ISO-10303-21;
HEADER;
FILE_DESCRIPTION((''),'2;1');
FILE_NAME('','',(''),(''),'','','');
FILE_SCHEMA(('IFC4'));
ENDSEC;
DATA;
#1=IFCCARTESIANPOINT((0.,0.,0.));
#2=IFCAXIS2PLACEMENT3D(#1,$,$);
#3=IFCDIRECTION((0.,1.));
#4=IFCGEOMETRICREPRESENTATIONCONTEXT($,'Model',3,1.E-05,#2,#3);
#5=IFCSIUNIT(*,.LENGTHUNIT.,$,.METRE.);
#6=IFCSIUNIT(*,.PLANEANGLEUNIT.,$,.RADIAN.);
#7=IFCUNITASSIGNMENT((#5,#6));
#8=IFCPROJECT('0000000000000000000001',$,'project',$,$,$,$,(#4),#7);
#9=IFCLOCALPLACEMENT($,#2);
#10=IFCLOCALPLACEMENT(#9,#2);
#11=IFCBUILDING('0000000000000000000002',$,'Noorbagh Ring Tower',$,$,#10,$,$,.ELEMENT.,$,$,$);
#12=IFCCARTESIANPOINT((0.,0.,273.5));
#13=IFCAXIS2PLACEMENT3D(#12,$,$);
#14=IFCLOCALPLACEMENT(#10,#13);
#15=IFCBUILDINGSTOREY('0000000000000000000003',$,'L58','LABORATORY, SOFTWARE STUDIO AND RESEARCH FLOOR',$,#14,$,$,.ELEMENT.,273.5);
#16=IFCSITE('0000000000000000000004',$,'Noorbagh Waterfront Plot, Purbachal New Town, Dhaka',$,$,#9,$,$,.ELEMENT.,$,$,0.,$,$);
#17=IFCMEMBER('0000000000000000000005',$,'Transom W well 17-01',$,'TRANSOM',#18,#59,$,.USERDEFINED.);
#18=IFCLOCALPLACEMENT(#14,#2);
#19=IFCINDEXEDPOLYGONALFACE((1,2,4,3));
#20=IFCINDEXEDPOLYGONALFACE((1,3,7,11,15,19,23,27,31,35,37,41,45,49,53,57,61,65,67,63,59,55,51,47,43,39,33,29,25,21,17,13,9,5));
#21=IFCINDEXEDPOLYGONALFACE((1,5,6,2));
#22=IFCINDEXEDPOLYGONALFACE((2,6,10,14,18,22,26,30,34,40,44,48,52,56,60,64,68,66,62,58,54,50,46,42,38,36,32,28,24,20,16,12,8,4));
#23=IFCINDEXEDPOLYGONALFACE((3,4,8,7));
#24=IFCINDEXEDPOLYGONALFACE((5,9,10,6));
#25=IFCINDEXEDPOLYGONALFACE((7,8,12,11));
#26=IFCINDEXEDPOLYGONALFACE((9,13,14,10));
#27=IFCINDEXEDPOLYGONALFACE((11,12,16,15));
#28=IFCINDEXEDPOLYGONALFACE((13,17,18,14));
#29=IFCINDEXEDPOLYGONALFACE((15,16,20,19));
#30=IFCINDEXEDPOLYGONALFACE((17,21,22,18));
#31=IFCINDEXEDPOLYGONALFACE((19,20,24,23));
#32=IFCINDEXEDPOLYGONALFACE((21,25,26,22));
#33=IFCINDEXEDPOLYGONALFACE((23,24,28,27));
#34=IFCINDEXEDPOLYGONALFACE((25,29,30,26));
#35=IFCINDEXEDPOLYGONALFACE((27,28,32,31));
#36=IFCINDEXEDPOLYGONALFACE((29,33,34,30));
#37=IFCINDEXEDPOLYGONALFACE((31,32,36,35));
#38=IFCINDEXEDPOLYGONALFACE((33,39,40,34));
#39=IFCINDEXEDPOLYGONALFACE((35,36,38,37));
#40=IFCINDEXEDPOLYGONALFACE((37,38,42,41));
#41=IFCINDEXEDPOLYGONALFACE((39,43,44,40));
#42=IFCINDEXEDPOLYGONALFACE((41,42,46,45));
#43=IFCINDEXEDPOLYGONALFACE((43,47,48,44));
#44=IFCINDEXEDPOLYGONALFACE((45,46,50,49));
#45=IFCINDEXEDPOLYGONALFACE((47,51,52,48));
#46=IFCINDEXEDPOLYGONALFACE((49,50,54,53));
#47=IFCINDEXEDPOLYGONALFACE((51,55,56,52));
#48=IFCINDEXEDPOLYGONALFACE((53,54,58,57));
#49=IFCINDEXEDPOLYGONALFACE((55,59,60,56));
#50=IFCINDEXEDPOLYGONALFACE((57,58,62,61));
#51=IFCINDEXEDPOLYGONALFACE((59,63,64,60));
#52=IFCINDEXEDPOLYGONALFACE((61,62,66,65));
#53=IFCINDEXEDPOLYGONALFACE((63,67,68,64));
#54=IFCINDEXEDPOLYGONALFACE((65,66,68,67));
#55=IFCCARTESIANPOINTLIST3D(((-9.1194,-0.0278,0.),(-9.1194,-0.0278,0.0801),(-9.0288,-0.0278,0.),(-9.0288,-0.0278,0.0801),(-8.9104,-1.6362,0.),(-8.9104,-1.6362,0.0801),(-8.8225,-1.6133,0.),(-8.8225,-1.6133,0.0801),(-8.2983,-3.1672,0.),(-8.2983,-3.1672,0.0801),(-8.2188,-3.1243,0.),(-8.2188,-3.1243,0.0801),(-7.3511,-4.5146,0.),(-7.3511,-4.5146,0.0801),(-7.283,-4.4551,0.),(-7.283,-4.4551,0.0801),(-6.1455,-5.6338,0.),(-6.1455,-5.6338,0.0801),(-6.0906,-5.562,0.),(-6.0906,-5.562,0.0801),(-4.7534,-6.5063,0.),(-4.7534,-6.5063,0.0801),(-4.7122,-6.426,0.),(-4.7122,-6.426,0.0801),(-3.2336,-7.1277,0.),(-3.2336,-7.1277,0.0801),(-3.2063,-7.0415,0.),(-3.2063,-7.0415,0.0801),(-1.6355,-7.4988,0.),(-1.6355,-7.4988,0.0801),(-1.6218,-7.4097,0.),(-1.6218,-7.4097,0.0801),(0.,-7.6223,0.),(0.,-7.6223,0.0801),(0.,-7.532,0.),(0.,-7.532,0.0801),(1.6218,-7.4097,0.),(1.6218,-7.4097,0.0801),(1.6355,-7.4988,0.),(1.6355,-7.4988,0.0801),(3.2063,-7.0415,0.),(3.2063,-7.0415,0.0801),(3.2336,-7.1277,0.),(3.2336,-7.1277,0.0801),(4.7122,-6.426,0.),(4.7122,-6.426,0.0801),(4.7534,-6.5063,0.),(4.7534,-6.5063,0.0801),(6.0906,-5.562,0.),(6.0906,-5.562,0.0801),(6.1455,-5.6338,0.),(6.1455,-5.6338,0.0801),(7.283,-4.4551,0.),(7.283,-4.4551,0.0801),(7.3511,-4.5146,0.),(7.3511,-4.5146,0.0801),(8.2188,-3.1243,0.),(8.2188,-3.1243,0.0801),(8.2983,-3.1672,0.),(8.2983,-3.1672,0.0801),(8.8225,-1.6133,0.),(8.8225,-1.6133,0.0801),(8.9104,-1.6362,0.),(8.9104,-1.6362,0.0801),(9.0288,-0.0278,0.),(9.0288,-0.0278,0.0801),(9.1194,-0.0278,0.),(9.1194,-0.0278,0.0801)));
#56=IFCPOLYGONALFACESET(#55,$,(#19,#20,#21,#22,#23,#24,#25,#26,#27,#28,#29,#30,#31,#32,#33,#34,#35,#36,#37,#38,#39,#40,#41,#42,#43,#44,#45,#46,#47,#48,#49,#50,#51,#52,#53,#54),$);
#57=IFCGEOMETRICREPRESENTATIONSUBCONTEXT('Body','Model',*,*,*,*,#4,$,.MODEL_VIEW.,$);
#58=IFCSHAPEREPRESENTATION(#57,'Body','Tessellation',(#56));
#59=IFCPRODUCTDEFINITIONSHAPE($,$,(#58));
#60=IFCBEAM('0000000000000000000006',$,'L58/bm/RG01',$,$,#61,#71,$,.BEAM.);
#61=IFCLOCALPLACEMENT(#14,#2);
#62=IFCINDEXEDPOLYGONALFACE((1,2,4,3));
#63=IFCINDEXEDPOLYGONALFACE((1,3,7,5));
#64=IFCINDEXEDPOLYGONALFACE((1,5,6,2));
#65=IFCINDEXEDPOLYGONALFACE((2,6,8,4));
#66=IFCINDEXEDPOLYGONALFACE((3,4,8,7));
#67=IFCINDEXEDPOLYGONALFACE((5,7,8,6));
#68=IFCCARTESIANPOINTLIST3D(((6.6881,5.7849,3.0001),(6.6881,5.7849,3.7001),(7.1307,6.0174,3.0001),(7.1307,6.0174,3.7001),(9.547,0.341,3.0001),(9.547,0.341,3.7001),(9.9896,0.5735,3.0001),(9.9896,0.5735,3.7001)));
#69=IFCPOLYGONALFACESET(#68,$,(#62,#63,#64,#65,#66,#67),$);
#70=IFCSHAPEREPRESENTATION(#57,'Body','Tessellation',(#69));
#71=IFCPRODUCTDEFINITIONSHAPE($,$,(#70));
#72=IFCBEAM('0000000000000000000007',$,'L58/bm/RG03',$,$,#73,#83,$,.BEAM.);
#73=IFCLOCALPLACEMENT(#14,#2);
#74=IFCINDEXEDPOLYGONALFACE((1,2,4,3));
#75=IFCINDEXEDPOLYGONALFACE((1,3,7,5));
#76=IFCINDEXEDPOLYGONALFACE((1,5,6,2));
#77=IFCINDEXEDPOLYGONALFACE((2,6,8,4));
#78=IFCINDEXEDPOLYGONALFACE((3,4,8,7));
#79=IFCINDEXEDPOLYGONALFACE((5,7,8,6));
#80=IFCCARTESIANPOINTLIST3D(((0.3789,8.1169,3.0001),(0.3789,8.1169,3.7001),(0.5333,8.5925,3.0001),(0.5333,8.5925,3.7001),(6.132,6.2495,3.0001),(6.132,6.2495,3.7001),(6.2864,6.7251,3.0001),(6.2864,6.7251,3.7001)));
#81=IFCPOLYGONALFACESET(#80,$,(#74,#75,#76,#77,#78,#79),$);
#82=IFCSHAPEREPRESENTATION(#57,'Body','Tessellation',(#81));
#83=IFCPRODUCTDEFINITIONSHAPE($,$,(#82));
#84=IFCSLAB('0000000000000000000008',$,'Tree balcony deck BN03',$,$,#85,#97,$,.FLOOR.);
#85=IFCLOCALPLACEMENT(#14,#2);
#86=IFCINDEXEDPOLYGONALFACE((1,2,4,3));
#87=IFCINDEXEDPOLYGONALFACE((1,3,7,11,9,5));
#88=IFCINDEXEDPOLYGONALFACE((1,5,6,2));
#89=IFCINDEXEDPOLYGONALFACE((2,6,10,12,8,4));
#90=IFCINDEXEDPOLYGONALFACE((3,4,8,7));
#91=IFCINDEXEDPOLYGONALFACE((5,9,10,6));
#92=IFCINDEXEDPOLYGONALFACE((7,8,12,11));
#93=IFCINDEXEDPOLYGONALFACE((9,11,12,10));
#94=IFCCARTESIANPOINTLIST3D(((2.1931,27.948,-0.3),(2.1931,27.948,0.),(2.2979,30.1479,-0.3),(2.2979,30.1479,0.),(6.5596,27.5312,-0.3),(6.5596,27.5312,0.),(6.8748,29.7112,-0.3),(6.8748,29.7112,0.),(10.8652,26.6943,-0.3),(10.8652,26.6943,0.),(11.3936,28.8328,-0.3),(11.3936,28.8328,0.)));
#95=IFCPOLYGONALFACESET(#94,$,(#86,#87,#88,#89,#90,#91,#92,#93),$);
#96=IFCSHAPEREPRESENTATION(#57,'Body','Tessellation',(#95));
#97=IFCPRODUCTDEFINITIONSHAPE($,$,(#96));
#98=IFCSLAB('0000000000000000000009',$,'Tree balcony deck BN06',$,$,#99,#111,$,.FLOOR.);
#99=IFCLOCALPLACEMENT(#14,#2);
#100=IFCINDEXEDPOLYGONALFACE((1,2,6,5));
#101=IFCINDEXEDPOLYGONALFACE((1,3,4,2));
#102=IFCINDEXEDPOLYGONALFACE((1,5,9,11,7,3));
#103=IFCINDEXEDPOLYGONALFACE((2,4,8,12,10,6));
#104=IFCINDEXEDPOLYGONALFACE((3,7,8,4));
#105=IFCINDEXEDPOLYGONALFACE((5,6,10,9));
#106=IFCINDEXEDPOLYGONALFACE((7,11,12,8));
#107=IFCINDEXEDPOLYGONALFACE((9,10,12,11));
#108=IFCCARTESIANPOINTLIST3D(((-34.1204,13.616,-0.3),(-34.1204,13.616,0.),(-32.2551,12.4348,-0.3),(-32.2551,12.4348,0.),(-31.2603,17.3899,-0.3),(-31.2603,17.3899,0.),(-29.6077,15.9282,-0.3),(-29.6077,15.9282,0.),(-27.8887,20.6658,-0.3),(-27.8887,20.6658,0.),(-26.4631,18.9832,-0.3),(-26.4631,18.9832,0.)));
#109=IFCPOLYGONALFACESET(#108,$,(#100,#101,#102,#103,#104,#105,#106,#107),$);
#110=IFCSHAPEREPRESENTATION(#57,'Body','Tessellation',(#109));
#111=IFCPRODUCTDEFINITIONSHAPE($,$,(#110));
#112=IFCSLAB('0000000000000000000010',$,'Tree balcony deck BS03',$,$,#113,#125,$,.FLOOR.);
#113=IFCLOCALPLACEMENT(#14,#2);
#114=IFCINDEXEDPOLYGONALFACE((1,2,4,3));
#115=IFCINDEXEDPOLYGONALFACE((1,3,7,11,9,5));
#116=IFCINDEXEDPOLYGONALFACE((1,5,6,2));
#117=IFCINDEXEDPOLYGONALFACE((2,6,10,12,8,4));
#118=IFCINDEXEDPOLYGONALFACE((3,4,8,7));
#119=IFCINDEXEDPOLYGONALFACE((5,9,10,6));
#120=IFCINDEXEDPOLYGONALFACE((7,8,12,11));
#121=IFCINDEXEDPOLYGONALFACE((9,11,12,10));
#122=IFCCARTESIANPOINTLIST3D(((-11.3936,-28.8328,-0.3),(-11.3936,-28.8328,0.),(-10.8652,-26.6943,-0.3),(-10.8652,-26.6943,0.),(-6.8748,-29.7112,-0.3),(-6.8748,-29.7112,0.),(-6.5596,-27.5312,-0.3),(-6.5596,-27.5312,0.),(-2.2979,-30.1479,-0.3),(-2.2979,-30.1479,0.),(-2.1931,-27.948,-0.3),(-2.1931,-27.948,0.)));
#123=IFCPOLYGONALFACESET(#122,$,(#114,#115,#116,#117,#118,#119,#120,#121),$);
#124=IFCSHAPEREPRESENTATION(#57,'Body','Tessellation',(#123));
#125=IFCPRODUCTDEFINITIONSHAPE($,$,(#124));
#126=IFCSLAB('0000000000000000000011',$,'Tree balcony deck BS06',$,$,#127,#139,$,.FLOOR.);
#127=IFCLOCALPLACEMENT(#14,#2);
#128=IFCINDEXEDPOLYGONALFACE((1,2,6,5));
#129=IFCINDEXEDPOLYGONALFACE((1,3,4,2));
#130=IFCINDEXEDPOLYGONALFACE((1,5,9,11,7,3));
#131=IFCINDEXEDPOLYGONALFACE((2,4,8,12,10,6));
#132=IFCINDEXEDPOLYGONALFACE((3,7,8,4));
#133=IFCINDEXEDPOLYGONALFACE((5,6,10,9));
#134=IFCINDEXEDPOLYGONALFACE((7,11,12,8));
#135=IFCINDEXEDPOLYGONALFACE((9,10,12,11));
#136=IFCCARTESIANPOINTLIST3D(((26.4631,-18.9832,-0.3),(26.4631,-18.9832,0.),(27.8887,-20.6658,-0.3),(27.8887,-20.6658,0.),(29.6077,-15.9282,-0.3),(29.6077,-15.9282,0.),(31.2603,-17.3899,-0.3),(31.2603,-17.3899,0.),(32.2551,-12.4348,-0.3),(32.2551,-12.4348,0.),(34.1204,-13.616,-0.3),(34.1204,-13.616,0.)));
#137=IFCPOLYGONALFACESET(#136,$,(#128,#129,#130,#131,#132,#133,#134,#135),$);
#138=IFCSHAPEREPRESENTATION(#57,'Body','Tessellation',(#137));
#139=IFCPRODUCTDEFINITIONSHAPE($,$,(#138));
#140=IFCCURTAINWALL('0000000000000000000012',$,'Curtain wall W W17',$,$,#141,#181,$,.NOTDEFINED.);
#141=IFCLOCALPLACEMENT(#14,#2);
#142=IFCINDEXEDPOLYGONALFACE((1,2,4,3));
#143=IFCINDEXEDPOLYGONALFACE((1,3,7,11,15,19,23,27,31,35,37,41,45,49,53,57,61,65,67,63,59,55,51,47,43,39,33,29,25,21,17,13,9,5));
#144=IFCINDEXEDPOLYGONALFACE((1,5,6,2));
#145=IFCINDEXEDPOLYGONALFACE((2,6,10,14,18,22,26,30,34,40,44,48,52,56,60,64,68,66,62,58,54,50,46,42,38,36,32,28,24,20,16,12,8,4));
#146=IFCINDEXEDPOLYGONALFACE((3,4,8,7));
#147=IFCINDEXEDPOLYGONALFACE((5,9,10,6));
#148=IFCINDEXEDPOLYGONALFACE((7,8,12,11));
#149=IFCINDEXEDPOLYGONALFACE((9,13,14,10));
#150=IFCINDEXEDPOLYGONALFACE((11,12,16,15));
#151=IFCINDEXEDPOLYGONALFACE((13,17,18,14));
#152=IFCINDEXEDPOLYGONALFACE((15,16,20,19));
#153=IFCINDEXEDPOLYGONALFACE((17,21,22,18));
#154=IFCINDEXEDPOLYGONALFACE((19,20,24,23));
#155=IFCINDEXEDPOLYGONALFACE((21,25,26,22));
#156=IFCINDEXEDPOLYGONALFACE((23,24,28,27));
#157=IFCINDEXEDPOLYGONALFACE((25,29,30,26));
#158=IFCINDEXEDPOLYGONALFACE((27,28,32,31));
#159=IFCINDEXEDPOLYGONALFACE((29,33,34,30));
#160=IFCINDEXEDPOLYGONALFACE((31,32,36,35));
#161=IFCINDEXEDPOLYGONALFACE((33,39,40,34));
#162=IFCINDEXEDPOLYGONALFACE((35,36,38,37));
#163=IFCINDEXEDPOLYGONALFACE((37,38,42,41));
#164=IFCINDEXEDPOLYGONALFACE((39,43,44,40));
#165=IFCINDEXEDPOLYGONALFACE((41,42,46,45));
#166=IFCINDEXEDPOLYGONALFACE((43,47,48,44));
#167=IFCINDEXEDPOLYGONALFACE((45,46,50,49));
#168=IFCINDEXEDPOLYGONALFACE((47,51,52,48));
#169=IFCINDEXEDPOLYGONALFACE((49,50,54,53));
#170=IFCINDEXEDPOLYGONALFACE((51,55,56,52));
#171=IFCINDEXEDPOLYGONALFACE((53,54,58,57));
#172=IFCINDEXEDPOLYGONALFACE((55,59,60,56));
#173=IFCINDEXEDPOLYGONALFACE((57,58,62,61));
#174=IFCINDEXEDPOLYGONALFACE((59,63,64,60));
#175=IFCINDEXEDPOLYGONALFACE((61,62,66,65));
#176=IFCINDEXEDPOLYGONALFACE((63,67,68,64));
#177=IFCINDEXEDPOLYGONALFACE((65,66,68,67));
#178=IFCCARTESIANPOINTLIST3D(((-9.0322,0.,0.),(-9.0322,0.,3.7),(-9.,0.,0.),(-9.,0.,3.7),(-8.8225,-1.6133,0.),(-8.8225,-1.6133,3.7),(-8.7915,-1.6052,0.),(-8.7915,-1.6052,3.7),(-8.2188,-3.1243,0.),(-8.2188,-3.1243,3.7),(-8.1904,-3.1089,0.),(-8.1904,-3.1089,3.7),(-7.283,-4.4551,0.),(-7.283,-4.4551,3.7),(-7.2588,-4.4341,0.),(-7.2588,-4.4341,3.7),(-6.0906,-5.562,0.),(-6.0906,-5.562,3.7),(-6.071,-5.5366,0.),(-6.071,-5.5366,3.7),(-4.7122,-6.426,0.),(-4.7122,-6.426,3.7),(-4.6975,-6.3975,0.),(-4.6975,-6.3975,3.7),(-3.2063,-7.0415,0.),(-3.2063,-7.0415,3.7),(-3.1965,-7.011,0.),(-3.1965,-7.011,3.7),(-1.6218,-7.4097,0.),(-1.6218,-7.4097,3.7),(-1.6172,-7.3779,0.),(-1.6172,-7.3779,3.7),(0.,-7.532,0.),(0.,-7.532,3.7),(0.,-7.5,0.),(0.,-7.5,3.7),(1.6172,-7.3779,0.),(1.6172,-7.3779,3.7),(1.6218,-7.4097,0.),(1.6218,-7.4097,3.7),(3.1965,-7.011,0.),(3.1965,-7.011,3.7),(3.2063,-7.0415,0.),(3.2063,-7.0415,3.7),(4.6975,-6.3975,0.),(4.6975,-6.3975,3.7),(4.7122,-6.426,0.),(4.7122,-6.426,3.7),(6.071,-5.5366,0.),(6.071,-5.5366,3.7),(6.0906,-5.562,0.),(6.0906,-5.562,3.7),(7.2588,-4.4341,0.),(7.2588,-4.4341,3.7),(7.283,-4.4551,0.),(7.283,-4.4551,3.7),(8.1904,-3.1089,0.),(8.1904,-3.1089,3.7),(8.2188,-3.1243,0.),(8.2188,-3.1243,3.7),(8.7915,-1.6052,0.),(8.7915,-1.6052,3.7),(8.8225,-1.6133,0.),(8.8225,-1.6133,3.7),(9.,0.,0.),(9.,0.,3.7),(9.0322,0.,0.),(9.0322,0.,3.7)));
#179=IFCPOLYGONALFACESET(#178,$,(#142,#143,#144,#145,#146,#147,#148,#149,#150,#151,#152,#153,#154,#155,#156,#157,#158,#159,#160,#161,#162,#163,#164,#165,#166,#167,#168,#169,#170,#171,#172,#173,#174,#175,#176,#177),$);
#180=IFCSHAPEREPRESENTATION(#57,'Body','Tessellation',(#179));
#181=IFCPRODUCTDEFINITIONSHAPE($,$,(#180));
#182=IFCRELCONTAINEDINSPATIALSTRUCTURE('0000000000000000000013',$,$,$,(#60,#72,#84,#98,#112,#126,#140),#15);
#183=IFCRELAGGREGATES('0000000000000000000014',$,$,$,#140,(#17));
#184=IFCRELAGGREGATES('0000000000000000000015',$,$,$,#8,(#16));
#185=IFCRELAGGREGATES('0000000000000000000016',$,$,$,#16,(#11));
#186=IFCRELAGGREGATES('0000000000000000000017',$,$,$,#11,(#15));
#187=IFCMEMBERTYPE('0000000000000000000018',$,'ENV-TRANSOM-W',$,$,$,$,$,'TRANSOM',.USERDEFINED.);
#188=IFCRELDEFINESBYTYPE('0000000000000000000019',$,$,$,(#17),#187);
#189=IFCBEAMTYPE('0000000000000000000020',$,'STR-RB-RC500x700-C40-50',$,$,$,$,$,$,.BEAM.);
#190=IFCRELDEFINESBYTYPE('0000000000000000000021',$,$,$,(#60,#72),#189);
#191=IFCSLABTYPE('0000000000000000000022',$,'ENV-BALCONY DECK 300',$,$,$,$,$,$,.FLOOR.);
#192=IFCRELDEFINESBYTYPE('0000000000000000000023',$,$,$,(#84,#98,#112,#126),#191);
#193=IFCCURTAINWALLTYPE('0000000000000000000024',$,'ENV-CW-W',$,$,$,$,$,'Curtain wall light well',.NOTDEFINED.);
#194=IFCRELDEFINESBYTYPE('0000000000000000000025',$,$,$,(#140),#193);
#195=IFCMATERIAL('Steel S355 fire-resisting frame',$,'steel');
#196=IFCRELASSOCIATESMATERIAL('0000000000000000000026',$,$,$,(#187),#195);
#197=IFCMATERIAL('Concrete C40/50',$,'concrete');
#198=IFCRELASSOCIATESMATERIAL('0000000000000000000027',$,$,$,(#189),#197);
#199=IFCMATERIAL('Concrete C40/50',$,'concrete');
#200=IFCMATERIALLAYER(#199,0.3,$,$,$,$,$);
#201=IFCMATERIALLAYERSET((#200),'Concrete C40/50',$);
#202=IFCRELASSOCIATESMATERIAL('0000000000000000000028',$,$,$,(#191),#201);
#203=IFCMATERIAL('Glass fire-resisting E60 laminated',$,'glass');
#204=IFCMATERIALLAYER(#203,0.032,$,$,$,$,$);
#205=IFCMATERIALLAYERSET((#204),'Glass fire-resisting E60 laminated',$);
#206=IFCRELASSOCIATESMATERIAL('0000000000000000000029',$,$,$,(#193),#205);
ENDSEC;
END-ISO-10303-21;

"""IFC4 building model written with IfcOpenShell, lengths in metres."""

from ifc_helpers import new_model, si_unit, direction, frame, origin, origin_2d, place, context, subcontext, project, spatial, polyline, rectangle, outline, extrude, material, layer, layer_set, material_profile, profile_set, type_object, element, aggregate, save


model = new_model("IFC4")

# Units and contexts
model_context = context("Model", 3, precision=1e-05, world=origin(), true_north=direction((0.0, 1.0)))
body_context = subcontext(model_context, "Body", "Model", "MODEL_VIEW")
ifc_project = project(units=[si_unit("LENGTHUNIT", "METRE"), si_unit("PLANEANGLEUNIT", "RADIAN")], contexts=[model_context])

# Site, building, storey
site_placement = place(None, origin())
site = spatial("IfcSite", under=ifc_project, at=site_placement, Name="Noorbagh Waterfront Plot, Purbachal New Town, Dhaka", CompositionType="ELEMENT", RefElevation=0.0)
building_placement = place(site_placement, origin())
building = spatial("IfcBuilding", under=site, at=building_placement, Name="Noorbagh Ring Tower", CompositionType="ELEMENT")
storey_placement = place(building_placement, frame((0.0, 0.0, 273.5)))
storey = spatial("IfcBuildingStorey", under=building, at=storey_placement, Name="L58", Description="LABORATORY, SOFTWARE STUDIO AND RESEARCH FLOOR", CompositionType="ELEMENT", Elevation=273.5)

# Member
ifc_material_1 = material(Name="Steel S355 fire-resisting frame", Category="steel")
member_type_1 = type_object("IfcMemberType", Name="ENV-TRANSOM-W", ElementType="TRANSOM", PredefinedType="USERDEFINED", material=ifc_material_1)
member_1_placement = place(storey_placement, origin())
member_1 = element("IfcMember", 1, at=member_1_placement, type_object=member_type_1, Name="Transom W well 17-01", ObjectType="TRANSOM", PredefinedType="USERDEFINED", context=body_context, shape_type="SweptSolid", body=[
    extrude(outline(polyline([(-9.1194, -0.0278), (-8.9104, -1.6362), (-8.2983, -3.1672), (-7.3511, -4.5146), (-6.1455, -5.6338), (-4.7534, -6.5063), (-3.2336, -7.1277), (-1.6355, -7.4988), (0.0, -7.6223), (1.6355, -7.4988), (3.2336, -7.1277), (4.7534, -6.5063), (6.1455, -5.6338), (7.3511, -4.5146), (8.2983, -3.1672), (8.9104, -1.6362), (9.1194, -0.0278), (9.0288, -0.0278), (8.8225, -1.6133), (8.2188, -3.1243), (7.283, -4.4551), (6.0906, -5.562), (4.7122, -6.426), (3.2063, -7.0415), (1.6218, -7.4097), (0.0, -7.532), (-1.6218, -7.4097), (-3.2063, -7.0415), (-4.7122, -6.426), (-6.0906, -5.562), (-7.283, -4.4551), (-8.2188, -3.1243), (-8.8225, -1.6133), (-9.0288, -0.0278), (-9.1194, -0.0278)])), origin(), (0.0, 0.0, 1.0), 0.0801),
])

# Beams
ifc_material_2 = material(Name="Concrete C40/50", Category="concrete")
ifc_material_profile_1 = material_profile(ifc_material_2, rectangle(XDim=0.5, YDim=0.7, at=origin_2d()), Name="RC500x700")
ifc_profile_set_1 = profile_set([ifc_material_profile_1], Name="Concrete C40/50")
beam_type = type_object("IfcBeamType", Name="STR-RB-RC500x700-C40-50", PredefinedType="BEAM", material=ifc_profile_set_1)
beam_1_placement = place(storey_placement, frame((9.7683, 0.4573, 3.3501), z_axis=(-0.464944, 0.88534, 0.0), x_axis=(-0.88534, -0.464944, 0.0)))
element("IfcBeam", 2, at=beam_1_placement, inside=storey, type_object=beam_type, Name="L58/bm/RG01", PredefinedType="BEAM", context=body_context, shape_type="SweptSolid", body=[
    extrude(rectangle(XDim=0.5, YDim=0.7, at=origin_2d()), origin(), (0.0, 0.0, 1.0), 6.1489),
])
beam_2_placement = place(storey_placement, frame((6.2092, 6.4873, 3.3501), z_axis=(-0.951148, 0.308735, 0.0), x_axis=(-0.308735, -0.951148, 0.0)))
element("IfcBeam", 3, at=beam_2_placement, inside=storey, type_object=beam_type, Name="L58/bm/RG03", PredefinedType="BEAM", context=body_context, shape_type="SweptSolid", body=[
    extrude(rectangle(XDim=0.5, YDim=0.7, at=origin_2d()), origin(), (0.0, 0.0, 1.0), 6.0486),
])

# Slabs
ifc_material_3 = material(Name="Concrete C40/50", Category="concrete")
ifc_layer_1 = layer(ifc_material_3, 0.3)
ifc_layer_set_1 = layer_set([ifc_layer_1], Name="Concrete C40/50")
slab_type = type_object("IfcSlabType", Name="ENV-BALCONY DECK 300", PredefinedType="FLOOR", material=ifc_layer_set_1)
slab_1_placement = place(storey_placement, frame((0.0, 0.0, -0.3)))
element("IfcSlab", 4, at=slab_1_placement, inside=storey, type_object=slab_type, Name="Tree balcony deck BN03", PredefinedType="FLOOR", context=body_context, shape_type="SweptSolid", body=[
    extrude(outline(polyline([(11.3936, 28.8328), (6.8748, 29.7112), (2.2979, 30.1479), (2.1931, 27.948), (6.5596, 27.5312), (10.8652, 26.6943), (11.3936, 28.8328)])), origin(), (0.0, 0.0, 1.0), 0.3),
])
slab_2_placement = place(storey_placement, frame((0.0, 0.0, -0.3)))
element("IfcSlab", 5, at=slab_2_placement, inside=storey, type_object=slab_type, Name="Tree balcony deck BN06", PredefinedType="FLOOR", context=body_context, shape_type="SweptSolid", body=[
    extrude(outline(polyline([(-27.8887, 20.6658), (-31.2603, 17.3899), (-34.1204, 13.616), (-32.2551, 12.4348), (-29.6077, 15.9282), (-26.4631, 18.9832), (-27.8887, 20.6658)])), origin(), (0.0, 0.0, 1.0), 0.3),
])
slab_3_placement = place(storey_placement, frame((0.0, 0.0, -0.3)))
element("IfcSlab", 6, at=slab_3_placement, inside=storey, type_object=slab_type, Name="Tree balcony deck BS03", PredefinedType="FLOOR", context=body_context, shape_type="SweptSolid", body=[
    extrude(outline(polyline([(-11.3936, -28.8328), (-6.8748, -29.7112), (-2.2979, -30.1479), (-2.1931, -27.948), (-6.5596, -27.5312), (-10.8652, -26.6943), (-11.3936, -28.8328)])), origin(), (0.0, 0.0, 1.0), 0.3),
])
slab_4_placement = place(storey_placement, frame((0.0, 0.0, -0.3)))
element("IfcSlab", 7, at=slab_4_placement, inside=storey, type_object=slab_type, Name="Tree balcony deck BS06", PredefinedType="FLOOR", context=body_context, shape_type="SweptSolid", body=[
    extrude(outline(polyline([(27.8887, -20.6658), (31.2603, -17.3899), (34.1204, -13.616), (32.2551, -12.4348), (29.6077, -15.9282), (26.4631, -18.9832), (27.8887, -20.6658)])), origin(), (0.0, 0.0, 1.0), 0.3),
])

# Curtain wall
ifc_material_4 = material(Name="Glass fire-resisting E60 laminated", Category="glass")
ifc_layer_2 = layer(ifc_material_4, 0.032)
ifc_layer_set_2 = layer_set([ifc_layer_2], Name="Glass fire-resisting E60 laminated")
curtain_wall_type_1 = type_object("IfcCurtainWallType", Name="ENV-CW-W", ElementType="Curtain wall light well", PredefinedType="NOTDEFINED", material=ifc_layer_set_2)
curtain_wall_1_placement = place(storey_placement, origin())
curtain_wall_1 = element("IfcCurtainWall", 8, at=curtain_wall_1_placement, inside=storey, type_object=curtain_wall_type_1, Name="Curtain wall W W17", PredefinedType="NOTDEFINED", context=body_context, shape_type="SweptSolid", body=[
    extrude(outline(polyline([(-9.0322, 0.0), (-8.8225, -1.6133), (-8.2188, -3.1243), (-7.283, -4.4551), (-6.0906, -5.562), (-4.7122, -6.426), (-3.2063, -7.0415), (-1.6218, -7.4097), (0.0, -7.532), (1.6218, -7.4097), (3.2063, -7.0415), (4.7122, -6.426), (6.0906, -5.562), (7.283, -4.4551), (8.2188, -3.1243), (8.8225, -1.6133), (9.0322, 0.0), (9.0, 0.0), (8.7915, -1.6052), (8.1904, -3.1089), (7.2588, -4.4341), (6.071, -5.5366), (4.6975, -6.3975), (3.1965, -7.011), (1.6172, -7.3779), (0.0, -7.5), (-1.6172, -7.3779), (-3.1965, -7.011), (-4.6975, -6.3975), (-6.071, -5.5366), (-7.2588, -4.4341), (-8.1904, -3.1089), (-8.7915, -1.6052), (-9.0, 0.0), (-9.0322, 0.0)])), origin(), (0.0, 0.0, 1.0), 3.7),
])
aggregate(curtain_wall_1, [member_1])

save(model, "model.ifc")
